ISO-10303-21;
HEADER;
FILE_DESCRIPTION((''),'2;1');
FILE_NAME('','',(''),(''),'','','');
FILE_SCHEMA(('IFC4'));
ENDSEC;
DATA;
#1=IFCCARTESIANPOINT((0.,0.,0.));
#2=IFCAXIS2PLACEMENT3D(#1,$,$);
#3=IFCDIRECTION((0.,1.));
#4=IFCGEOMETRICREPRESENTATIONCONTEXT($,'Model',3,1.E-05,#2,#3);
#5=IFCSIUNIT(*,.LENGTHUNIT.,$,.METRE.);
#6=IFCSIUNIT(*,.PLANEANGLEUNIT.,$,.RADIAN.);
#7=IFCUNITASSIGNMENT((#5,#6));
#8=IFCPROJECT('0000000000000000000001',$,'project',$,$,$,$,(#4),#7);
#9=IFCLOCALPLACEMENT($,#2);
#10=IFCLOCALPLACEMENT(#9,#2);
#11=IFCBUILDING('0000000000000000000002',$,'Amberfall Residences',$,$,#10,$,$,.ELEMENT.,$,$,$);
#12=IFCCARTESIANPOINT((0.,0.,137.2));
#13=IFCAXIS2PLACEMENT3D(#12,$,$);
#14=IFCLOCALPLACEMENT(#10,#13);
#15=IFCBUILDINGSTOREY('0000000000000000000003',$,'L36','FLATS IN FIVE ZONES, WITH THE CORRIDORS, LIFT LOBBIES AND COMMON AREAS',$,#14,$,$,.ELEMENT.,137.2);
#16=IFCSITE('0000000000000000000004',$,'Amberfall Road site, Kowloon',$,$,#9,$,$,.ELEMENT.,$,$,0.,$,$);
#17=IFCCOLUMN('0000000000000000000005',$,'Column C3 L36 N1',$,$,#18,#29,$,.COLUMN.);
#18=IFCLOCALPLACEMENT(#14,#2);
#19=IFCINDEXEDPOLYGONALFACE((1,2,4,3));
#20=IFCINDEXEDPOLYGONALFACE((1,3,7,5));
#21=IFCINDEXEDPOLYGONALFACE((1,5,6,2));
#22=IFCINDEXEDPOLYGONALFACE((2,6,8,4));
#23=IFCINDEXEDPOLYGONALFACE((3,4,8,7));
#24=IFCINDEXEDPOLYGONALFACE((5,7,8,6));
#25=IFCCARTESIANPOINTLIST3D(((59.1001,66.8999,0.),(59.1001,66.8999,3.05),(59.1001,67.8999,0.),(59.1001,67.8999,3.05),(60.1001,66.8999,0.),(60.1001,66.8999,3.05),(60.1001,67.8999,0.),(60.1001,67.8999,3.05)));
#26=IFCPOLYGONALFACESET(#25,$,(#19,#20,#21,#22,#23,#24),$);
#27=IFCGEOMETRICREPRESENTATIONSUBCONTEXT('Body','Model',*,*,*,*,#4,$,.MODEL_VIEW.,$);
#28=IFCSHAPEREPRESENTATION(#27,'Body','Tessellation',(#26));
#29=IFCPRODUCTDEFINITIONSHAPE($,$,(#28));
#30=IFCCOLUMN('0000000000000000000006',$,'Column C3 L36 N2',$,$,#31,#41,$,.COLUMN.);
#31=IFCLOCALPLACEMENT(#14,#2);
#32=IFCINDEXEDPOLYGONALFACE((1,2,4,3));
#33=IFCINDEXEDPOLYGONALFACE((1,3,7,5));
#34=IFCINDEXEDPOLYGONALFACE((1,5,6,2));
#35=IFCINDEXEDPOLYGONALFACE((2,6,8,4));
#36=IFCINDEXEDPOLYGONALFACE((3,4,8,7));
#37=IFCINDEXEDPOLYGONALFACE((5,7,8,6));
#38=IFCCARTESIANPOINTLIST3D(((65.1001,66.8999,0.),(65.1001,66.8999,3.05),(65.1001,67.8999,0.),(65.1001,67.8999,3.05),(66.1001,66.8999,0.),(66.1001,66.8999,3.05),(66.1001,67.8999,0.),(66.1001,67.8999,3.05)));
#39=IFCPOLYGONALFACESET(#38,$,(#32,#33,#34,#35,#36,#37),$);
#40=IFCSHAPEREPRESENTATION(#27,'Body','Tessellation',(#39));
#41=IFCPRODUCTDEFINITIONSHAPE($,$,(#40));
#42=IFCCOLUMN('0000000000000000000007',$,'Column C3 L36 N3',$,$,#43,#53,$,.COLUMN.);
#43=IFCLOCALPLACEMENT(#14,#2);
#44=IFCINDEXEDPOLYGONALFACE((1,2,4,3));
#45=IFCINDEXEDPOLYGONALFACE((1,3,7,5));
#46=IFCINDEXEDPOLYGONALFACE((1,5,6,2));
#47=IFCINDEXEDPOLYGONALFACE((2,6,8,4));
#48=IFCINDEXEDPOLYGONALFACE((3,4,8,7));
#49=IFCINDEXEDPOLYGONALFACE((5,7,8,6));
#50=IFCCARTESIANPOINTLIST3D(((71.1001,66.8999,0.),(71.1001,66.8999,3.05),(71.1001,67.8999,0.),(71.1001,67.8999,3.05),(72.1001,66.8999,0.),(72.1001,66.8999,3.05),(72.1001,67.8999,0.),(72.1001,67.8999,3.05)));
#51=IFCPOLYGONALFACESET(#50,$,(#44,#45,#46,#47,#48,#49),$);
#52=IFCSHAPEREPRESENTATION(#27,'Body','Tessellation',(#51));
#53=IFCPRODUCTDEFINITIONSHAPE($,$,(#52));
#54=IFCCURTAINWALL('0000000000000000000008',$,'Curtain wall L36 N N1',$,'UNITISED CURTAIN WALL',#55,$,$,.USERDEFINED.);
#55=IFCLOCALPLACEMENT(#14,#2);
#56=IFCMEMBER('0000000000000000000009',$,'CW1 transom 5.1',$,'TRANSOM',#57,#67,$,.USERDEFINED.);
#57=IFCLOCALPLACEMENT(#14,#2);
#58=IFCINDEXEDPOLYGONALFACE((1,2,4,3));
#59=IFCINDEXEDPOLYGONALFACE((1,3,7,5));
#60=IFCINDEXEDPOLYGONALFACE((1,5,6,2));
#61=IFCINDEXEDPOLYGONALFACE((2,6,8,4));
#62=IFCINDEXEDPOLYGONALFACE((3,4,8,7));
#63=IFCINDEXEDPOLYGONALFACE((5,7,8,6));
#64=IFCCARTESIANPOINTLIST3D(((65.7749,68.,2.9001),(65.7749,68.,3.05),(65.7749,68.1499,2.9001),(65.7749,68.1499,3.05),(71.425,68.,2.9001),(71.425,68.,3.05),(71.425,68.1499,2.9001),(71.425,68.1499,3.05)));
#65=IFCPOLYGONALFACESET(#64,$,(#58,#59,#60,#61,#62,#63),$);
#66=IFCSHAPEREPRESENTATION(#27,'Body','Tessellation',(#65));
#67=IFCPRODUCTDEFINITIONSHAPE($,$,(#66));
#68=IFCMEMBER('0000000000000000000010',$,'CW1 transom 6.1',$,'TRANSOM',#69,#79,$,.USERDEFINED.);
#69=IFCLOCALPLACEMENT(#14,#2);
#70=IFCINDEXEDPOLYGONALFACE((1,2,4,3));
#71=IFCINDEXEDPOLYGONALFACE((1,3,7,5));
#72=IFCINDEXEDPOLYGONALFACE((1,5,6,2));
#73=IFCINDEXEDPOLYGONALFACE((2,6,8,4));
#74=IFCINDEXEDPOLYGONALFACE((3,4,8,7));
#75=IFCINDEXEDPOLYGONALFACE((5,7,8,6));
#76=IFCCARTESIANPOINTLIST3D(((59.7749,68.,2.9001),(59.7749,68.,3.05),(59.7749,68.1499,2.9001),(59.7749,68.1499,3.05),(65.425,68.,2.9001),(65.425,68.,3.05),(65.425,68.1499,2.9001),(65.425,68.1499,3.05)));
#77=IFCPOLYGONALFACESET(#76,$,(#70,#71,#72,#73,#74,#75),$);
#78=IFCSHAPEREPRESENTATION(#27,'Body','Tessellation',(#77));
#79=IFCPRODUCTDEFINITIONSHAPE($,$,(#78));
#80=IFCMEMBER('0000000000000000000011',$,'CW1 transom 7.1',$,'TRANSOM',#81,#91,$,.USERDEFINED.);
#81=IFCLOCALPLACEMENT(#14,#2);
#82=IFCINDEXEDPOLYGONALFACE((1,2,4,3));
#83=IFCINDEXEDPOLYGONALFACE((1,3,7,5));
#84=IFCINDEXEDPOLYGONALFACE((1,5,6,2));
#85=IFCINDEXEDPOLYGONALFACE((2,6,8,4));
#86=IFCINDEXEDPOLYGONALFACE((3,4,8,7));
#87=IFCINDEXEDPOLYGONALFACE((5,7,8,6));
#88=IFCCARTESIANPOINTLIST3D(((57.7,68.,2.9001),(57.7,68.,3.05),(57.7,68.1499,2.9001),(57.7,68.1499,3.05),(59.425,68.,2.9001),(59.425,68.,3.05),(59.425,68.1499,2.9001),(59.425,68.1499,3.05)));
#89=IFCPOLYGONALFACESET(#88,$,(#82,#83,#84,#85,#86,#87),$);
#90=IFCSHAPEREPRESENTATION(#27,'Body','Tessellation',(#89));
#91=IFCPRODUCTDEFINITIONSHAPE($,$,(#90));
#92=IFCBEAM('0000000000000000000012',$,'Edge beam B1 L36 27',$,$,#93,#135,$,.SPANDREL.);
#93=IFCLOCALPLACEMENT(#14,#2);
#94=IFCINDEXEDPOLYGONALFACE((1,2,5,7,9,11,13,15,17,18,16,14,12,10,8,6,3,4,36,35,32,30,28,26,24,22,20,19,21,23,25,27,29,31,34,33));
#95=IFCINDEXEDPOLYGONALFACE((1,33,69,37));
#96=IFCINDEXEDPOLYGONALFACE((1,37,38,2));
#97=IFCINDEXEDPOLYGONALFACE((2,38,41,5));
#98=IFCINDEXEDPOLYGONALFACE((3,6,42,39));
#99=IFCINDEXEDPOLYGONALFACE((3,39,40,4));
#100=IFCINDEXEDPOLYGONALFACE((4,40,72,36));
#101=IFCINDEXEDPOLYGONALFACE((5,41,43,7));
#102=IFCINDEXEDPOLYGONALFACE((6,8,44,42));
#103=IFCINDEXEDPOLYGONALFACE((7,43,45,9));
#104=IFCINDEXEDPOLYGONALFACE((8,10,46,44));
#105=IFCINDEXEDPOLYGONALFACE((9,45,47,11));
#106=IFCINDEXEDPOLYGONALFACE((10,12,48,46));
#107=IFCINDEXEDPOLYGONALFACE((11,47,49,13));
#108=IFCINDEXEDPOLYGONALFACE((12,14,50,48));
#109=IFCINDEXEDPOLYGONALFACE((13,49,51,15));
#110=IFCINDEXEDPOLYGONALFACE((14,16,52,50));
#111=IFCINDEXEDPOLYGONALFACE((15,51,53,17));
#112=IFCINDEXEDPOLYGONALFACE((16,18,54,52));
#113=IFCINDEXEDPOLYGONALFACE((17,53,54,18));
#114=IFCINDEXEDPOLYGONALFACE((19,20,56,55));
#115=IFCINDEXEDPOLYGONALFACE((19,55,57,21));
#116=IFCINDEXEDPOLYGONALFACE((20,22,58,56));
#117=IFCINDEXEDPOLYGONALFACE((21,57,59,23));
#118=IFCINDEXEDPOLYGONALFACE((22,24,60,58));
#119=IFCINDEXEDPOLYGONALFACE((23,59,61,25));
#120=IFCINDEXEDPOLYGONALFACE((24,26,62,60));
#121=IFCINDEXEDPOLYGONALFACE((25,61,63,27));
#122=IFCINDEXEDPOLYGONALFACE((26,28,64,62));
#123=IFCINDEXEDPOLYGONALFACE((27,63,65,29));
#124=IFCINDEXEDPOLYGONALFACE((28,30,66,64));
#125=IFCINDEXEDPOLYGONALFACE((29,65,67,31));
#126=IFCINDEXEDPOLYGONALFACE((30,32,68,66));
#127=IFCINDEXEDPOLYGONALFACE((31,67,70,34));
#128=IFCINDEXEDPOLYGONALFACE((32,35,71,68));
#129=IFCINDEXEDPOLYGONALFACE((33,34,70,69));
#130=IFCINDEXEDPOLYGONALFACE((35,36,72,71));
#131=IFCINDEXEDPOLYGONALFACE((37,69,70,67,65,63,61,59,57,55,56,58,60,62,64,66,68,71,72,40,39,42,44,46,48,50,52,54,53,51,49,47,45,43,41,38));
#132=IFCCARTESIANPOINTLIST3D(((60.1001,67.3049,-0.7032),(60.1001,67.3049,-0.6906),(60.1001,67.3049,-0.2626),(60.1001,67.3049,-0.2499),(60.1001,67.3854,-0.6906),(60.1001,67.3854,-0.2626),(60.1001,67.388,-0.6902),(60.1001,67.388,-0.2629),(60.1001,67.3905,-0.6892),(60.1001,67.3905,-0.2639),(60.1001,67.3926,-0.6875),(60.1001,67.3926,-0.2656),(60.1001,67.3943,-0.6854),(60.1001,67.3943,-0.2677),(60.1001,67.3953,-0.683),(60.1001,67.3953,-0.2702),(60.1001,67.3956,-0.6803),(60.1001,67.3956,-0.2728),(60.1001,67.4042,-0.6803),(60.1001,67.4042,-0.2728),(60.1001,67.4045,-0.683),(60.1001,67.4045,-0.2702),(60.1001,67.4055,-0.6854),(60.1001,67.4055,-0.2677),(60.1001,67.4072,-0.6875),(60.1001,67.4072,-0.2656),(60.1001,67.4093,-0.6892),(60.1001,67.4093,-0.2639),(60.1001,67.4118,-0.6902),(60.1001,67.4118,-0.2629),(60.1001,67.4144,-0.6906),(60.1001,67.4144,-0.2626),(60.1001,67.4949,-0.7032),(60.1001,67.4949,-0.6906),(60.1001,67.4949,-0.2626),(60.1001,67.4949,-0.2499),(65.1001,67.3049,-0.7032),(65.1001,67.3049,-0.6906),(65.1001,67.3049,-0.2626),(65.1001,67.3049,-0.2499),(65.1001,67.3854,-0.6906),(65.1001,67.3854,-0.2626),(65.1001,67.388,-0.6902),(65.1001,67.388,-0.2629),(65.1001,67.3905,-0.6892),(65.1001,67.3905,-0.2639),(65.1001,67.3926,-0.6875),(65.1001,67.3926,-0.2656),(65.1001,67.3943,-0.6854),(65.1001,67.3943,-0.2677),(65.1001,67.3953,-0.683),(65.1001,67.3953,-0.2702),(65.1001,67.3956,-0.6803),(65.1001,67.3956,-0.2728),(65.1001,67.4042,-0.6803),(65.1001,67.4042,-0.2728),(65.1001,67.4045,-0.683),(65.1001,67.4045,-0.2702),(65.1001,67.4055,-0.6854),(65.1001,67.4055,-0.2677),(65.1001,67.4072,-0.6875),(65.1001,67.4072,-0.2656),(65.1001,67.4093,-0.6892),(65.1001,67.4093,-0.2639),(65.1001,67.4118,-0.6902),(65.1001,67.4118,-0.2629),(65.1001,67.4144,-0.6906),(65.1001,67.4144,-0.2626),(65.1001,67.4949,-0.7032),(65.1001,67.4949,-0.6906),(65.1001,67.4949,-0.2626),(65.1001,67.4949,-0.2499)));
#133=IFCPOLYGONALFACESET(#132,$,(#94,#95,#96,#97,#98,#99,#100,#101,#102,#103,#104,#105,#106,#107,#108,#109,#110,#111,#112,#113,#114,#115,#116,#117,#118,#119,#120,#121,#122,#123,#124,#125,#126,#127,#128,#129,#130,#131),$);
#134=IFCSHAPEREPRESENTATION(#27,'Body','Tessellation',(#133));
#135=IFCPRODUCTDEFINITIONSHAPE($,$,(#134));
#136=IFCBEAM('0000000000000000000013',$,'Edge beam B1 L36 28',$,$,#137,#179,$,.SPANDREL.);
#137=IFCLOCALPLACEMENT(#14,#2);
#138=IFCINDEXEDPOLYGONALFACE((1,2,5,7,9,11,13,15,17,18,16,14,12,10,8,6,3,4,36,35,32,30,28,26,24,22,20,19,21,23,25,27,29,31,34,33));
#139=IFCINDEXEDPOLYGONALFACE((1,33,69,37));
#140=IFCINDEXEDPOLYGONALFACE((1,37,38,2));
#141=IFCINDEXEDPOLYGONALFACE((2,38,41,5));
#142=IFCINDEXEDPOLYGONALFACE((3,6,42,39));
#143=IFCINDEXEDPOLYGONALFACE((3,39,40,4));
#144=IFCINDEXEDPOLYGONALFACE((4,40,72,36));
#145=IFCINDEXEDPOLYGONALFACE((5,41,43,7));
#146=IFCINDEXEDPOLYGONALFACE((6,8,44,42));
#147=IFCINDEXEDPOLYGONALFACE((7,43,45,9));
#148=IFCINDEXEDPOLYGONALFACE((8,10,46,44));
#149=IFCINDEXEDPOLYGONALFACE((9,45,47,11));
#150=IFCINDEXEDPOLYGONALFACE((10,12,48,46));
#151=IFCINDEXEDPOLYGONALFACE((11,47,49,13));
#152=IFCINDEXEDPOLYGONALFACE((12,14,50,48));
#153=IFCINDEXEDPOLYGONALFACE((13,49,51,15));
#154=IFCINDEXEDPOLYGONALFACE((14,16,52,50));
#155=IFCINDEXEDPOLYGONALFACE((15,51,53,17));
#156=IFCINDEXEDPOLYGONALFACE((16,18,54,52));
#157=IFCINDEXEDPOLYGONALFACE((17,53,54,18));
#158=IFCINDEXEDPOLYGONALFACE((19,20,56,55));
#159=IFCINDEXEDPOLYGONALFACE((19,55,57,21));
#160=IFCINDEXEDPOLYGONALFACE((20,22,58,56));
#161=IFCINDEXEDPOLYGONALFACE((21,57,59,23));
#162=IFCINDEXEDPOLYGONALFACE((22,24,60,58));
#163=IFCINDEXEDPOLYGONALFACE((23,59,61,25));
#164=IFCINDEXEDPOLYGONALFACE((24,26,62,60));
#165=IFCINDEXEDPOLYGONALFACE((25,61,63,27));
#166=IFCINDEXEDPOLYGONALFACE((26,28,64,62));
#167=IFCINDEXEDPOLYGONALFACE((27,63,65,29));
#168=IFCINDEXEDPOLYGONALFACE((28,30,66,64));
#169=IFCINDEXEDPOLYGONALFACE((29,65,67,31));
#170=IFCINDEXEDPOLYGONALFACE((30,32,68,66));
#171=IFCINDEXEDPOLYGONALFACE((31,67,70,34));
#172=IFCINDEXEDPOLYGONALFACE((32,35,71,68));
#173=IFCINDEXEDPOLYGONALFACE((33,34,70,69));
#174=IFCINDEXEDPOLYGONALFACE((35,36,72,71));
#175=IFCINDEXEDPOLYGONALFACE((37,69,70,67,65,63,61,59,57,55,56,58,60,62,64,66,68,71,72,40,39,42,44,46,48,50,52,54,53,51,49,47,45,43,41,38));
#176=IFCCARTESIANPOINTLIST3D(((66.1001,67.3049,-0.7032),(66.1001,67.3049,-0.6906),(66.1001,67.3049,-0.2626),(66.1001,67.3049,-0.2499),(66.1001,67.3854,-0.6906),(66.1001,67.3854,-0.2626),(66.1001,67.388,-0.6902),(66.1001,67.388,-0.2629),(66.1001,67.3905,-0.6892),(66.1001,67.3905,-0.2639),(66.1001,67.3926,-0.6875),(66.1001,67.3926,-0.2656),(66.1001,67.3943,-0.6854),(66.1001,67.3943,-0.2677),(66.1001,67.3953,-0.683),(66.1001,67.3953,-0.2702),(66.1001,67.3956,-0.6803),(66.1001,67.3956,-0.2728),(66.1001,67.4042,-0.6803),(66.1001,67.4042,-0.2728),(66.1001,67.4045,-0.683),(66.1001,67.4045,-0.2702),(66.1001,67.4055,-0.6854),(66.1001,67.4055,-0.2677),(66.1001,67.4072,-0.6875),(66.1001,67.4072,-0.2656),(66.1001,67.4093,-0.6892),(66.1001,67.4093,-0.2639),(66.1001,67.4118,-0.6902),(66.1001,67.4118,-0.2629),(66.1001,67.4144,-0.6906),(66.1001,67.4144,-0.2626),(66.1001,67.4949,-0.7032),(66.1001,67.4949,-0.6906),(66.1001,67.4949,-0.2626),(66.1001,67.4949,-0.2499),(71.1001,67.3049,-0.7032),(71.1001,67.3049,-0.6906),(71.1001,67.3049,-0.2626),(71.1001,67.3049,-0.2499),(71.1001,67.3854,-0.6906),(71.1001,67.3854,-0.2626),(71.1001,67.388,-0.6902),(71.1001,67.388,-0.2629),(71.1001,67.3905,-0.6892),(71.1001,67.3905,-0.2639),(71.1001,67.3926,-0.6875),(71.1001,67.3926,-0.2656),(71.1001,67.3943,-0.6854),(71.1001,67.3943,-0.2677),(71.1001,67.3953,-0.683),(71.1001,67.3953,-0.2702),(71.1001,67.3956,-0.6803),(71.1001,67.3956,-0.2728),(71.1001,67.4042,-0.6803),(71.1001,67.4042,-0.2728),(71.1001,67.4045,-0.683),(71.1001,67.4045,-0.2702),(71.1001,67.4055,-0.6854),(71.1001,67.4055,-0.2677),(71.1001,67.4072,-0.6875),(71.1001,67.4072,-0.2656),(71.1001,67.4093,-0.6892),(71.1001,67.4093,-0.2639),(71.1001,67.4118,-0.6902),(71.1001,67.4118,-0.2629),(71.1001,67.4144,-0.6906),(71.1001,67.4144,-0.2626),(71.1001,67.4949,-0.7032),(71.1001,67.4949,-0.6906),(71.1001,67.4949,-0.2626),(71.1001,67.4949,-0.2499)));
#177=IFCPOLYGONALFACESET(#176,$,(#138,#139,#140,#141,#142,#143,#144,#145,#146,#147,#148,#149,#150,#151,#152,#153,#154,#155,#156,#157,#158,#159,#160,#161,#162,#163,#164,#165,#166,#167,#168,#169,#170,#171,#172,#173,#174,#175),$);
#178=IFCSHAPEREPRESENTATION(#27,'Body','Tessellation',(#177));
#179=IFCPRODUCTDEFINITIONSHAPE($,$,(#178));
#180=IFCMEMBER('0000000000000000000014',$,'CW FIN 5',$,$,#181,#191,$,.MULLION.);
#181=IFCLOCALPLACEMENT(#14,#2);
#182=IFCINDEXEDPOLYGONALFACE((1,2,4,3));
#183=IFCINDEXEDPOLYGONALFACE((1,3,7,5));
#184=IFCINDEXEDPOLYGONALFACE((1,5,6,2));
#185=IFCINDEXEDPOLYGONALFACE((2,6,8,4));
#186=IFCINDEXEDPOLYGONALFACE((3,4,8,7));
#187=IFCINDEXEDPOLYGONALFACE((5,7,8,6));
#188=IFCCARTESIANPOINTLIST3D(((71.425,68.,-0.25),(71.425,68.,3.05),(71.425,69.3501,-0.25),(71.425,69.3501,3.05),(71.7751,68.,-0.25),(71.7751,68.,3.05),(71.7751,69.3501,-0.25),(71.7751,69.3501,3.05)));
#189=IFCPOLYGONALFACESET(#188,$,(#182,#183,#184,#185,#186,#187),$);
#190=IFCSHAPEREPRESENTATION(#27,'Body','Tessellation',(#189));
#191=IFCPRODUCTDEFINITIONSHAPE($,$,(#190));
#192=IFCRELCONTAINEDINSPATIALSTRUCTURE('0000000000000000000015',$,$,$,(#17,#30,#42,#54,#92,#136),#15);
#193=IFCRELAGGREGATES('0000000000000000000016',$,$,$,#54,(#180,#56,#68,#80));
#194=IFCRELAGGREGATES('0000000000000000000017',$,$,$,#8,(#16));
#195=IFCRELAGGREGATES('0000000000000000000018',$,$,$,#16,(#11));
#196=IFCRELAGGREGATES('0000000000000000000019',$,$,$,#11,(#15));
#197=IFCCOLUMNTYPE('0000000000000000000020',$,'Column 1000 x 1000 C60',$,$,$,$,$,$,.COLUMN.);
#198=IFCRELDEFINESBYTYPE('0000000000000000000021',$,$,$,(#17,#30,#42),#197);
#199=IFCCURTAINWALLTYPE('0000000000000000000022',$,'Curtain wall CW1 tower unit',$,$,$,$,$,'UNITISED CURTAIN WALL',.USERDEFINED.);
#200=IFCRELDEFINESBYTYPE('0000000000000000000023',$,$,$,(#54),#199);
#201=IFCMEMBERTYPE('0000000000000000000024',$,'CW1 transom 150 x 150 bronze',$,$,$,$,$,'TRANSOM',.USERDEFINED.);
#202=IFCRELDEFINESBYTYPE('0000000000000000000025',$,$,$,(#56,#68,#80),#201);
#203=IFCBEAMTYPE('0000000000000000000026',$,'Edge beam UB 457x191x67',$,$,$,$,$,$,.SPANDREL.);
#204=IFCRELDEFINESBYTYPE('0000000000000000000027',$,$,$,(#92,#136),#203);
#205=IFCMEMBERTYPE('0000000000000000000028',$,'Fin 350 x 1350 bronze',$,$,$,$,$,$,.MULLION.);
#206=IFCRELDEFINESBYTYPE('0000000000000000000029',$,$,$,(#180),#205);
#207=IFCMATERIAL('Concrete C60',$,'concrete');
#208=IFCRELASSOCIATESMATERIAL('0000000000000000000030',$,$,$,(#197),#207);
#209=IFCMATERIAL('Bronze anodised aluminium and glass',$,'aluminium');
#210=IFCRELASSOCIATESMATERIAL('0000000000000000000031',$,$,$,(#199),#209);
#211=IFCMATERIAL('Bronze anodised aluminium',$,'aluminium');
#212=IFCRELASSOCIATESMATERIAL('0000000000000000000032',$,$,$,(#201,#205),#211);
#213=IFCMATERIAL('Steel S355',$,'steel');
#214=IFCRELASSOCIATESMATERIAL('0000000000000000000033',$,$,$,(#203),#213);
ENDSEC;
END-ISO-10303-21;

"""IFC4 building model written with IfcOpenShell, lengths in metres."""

from ifc_helpers import new_model, si_unit, direction, frame, origin, origin_2d, place, context, subcontext, project, spatial, rectangle, i_section, extrude, material, material_profile, profile_set, type_object, element, aggregate, save


model = new_model("IFC4")

# Units and contexts
model_context = context("Model", 3, precision=1e-05, world=origin(), true_north=direction((0.0, 1.0)))
body_context = subcontext(model_context, "Body", "Model", "MODEL_VIEW")
ifc_project = project(units=[si_unit("LENGTHUNIT", "METRE"), si_unit("PLANEANGLEUNIT", "RADIAN")], contexts=[model_context])

# Site, building, storey
site_placement = place(None, origin())
site = spatial("IfcSite", under=ifc_project, at=site_placement, Name="Amberfall Road site, Kowloon", CompositionType="ELEMENT", RefElevation=0.0)
building_placement = place(site_placement, origin())
building = spatial("IfcBuilding", under=site, at=building_placement, Name="Amberfall Residences", CompositionType="ELEMENT")
storey_placement = place(building_placement, frame((0.0, 0.0, 137.2)))
storey = spatial("IfcBuildingStorey", under=building, at=storey_placement, Name="L36", Description="FLATS IN FIVE ZONES, WITH THE CORRIDORS, LIFT LOBBIES AND COMMON AREAS", CompositionType="ELEMENT", Elevation=137.2)

# Columns
ifc_material_1 = material(Name="Concrete C60", Category="concrete")
ifc_material_profile_1 = material_profile(ifc_material_1, rectangle(XDim=1.0, YDim=1.0, at=origin_2d()), Name="Column 1000 x 1000 C60")
ifc_profile_set_1 = profile_set([ifc_material_profile_1], Name="Concrete C60")
column_type = type_object("IfcColumnType", Name="Column 1000 x 1000 C60", PredefinedType="COLUMN", material=ifc_profile_set_1)
for number, where, z_axis, x_axis, name in (
    (1, (59.6001, 67.3999, 0.0), (0.0, 0.0, 1.0), (1.0, 0.0, 0.0), "Column C3 L36 N1"),
    (2, (65.6001, 67.3999, 0.0), (0.0, 0.0, 1.0), (1.0, 0.0, 0.0), "Column C3 L36 N2"),
    (3, (71.6001, 67.3999, 0.0), (0.0, 0.0, 1.0), (1.0, 0.0, 0.0), "Column C3 L36 N3"),
):
    element("IfcColumn", number, at=place(storey_placement, frame(where, z_axis=z_axis, x_axis=x_axis)), inside=storey, type_object=column_type, Name=name, PredefinedType="COLUMN", context=body_context, shape_type="SweptSolid", body=[
        extrude(rectangle(XDim=1.0, YDim=1.0, at=origin_2d()), origin(), (0.0, 0.0, 1.0), 3.05),
    ])

# Curtain wall, members
ifc_material_2 = material(Name="Bronze anodised aluminium and glass", Category="aluminium")
curtain_wall_type = type_object("IfcCurtainWallType", Name="Curtain wall CW1 tower unit", ElementType="UNITISED CURTAIN WALL", PredefinedType="USERDEFINED", material=ifc_material_2)
curtain_wall_placement = place(storey_placement, origin())
curtain_wall = element("IfcCurtainWall", 4, at=curtain_wall_placement, inside=storey, type_object=curtain_wall_type, Name="Curtain wall L36 N N1", ObjectType="UNITISED CURTAIN WALL", PredefinedType="USERDEFINED")
ifc_material_3 = material(Name="Bronze anodised aluminium", Category="aluminium")
ifc_material_profile_2 = material_profile(ifc_material_3, rectangle(XDim=0.1499, YDim=0.1499, at=origin_2d()), Name="CW1 transom 150 x 150 bronze")
ifc_profile_set_2 = profile_set([ifc_material_profile_2], Name="Bronze anodised aluminium")
member_type_1 = type_object("IfcMemberType", Name="CW1 transom 150 x 150 bronze", ElementType="TRANSOM", PredefinedType="USERDEFINED", material=ifc_profile_set_2)
member_1_placement = place(storey_placement, frame((71.425, 68.075, 2.9751), z_axis=(-1.0, 0.0, 0.0), x_axis=(0.0, -1.0, 0.0)))
member_1 = element("IfcMember", 5, at=member_1_placement, type_object=member_type_1, Name="CW1 transom 5.1", ObjectType="TRANSOM", PredefinedType="USERDEFINED", context=body_context, shape_type="SweptSolid", body=[
    extrude(rectangle(XDim=0.1499, YDim=0.1499, at=origin_2d()), origin(), (0.0, 0.0, 1.0), 5.6501),
])
member_2_placement = place(storey_placement, frame((65.425, 68.075, 2.9751), z_axis=(-1.0, 0.0, 0.0), x_axis=(0.0, -1.0, 0.0)))
member_2 = element("IfcMember", 6, at=member_2_placement, type_object=member_type_1, Name="CW1 transom 6.1", ObjectType="TRANSOM", PredefinedType="USERDEFINED", context=body_context, shape_type="SweptSolid", body=[
    extrude(rectangle(XDim=0.1499, YDim=0.1499, at=origin_2d()), origin(), (0.0, 0.0, 1.0), 5.6501),
])
member_3_placement = place(storey_placement, frame((59.425, 68.075, 2.9751), z_axis=(-1.0, 0.0, 0.0), x_axis=(0.0, -1.0, 0.0)))
member_3 = element("IfcMember", 7, at=member_3_placement, type_object=member_type_1, Name="CW1 transom 7.1", ObjectType="TRANSOM", PredefinedType="USERDEFINED", context=body_context, shape_type="SweptSolid", body=[
    extrude(rectangle(XDim=0.1499, YDim=0.1499, at=origin_2d()), origin(), (0.0, 0.0, 1.0), 1.7251),
])

# Beams
ifc_material_4 = material(Name="Steel S355", Category="steel")
ifc_material_profile_3 = material_profile(ifc_material_4, i_section(OverallWidth=0.1899, OverallDepth=0.4534, WebThickness=0.0085, FlangeThickness=0.0127, FilletRadius=0.0103, at=origin_2d()), Name="UB 457x191x67")
ifc_profile_set_3 = profile_set([ifc_material_profile_3], Name="Steel S355")
beam_type_1 = type_object("IfcBeamType", Name="Edge beam UB 457x191x67", PredefinedType="SPANDREL", material=ifc_profile_set_3)
for number, where, z_axis, x_axis, name in (
    (8, (60.1001, 67.3999, -0.4766), (1.0, 0.0, 0.0), (0.0, 1.0, 0.0), "Edge beam B1 L36 27"),
    (9, (66.1001, 67.3999, -0.4766), (1.0, 0.0, 0.0), (0.0, 1.0, 0.0), "Edge beam B1 L36 28"),
):
    element("IfcBeam", number, at=place(storey_placement, frame(where, z_axis=z_axis, x_axis=x_axis)), inside=storey, type_object=beam_type_1, Name=name, PredefinedType="SPANDREL", context=body_context, shape_type="SweptSolid", body=[
        extrude(i_section(OverallWidth=0.1899, OverallDepth=0.4534, WebThickness=0.0085, FlangeThickness=0.0127, FilletRadius=0.0103, at=origin_2d()), origin(), (0.0, 0.0, 1.0), 5.0),
    ])

# Member
ifc_material_profile_4 = material_profile(ifc_material_3, rectangle(XDim=1.3501, YDim=0.3501, at=origin_2d()), Name="Fin 350 x 1350 bronze")
ifc_profile_set_4 = profile_set([ifc_material_profile_4], Name="Bronze anodised aluminium")
member_type_2 = type_object("IfcMemberType", Name="Fin 350 x 1350 bronze", PredefinedType="MULLION", material=ifc_profile_set_4)
member_4_placement = place(storey_placement, frame((71.6001, 68.675, -0.25), z_axis=(0.0, 0.0, 1.0), x_axis=(0.0, -1.0, 0.0)))
member_4 = element("IfcMember", 10, at=member_4_placement, type_object=member_type_2, Name="CW FIN 5", PredefinedType="MULLION", context=body_context, shape_type="SweptSolid", body=[
    extrude(rectangle(XDim=1.3501, YDim=0.3501, at=origin_2d()), origin(), (0.0, 0.0, 1.0), 3.3),
])

aggregate(curtain_wall, [member_4, member_1, member_2, member_3])

save(model, "model.ifc")
